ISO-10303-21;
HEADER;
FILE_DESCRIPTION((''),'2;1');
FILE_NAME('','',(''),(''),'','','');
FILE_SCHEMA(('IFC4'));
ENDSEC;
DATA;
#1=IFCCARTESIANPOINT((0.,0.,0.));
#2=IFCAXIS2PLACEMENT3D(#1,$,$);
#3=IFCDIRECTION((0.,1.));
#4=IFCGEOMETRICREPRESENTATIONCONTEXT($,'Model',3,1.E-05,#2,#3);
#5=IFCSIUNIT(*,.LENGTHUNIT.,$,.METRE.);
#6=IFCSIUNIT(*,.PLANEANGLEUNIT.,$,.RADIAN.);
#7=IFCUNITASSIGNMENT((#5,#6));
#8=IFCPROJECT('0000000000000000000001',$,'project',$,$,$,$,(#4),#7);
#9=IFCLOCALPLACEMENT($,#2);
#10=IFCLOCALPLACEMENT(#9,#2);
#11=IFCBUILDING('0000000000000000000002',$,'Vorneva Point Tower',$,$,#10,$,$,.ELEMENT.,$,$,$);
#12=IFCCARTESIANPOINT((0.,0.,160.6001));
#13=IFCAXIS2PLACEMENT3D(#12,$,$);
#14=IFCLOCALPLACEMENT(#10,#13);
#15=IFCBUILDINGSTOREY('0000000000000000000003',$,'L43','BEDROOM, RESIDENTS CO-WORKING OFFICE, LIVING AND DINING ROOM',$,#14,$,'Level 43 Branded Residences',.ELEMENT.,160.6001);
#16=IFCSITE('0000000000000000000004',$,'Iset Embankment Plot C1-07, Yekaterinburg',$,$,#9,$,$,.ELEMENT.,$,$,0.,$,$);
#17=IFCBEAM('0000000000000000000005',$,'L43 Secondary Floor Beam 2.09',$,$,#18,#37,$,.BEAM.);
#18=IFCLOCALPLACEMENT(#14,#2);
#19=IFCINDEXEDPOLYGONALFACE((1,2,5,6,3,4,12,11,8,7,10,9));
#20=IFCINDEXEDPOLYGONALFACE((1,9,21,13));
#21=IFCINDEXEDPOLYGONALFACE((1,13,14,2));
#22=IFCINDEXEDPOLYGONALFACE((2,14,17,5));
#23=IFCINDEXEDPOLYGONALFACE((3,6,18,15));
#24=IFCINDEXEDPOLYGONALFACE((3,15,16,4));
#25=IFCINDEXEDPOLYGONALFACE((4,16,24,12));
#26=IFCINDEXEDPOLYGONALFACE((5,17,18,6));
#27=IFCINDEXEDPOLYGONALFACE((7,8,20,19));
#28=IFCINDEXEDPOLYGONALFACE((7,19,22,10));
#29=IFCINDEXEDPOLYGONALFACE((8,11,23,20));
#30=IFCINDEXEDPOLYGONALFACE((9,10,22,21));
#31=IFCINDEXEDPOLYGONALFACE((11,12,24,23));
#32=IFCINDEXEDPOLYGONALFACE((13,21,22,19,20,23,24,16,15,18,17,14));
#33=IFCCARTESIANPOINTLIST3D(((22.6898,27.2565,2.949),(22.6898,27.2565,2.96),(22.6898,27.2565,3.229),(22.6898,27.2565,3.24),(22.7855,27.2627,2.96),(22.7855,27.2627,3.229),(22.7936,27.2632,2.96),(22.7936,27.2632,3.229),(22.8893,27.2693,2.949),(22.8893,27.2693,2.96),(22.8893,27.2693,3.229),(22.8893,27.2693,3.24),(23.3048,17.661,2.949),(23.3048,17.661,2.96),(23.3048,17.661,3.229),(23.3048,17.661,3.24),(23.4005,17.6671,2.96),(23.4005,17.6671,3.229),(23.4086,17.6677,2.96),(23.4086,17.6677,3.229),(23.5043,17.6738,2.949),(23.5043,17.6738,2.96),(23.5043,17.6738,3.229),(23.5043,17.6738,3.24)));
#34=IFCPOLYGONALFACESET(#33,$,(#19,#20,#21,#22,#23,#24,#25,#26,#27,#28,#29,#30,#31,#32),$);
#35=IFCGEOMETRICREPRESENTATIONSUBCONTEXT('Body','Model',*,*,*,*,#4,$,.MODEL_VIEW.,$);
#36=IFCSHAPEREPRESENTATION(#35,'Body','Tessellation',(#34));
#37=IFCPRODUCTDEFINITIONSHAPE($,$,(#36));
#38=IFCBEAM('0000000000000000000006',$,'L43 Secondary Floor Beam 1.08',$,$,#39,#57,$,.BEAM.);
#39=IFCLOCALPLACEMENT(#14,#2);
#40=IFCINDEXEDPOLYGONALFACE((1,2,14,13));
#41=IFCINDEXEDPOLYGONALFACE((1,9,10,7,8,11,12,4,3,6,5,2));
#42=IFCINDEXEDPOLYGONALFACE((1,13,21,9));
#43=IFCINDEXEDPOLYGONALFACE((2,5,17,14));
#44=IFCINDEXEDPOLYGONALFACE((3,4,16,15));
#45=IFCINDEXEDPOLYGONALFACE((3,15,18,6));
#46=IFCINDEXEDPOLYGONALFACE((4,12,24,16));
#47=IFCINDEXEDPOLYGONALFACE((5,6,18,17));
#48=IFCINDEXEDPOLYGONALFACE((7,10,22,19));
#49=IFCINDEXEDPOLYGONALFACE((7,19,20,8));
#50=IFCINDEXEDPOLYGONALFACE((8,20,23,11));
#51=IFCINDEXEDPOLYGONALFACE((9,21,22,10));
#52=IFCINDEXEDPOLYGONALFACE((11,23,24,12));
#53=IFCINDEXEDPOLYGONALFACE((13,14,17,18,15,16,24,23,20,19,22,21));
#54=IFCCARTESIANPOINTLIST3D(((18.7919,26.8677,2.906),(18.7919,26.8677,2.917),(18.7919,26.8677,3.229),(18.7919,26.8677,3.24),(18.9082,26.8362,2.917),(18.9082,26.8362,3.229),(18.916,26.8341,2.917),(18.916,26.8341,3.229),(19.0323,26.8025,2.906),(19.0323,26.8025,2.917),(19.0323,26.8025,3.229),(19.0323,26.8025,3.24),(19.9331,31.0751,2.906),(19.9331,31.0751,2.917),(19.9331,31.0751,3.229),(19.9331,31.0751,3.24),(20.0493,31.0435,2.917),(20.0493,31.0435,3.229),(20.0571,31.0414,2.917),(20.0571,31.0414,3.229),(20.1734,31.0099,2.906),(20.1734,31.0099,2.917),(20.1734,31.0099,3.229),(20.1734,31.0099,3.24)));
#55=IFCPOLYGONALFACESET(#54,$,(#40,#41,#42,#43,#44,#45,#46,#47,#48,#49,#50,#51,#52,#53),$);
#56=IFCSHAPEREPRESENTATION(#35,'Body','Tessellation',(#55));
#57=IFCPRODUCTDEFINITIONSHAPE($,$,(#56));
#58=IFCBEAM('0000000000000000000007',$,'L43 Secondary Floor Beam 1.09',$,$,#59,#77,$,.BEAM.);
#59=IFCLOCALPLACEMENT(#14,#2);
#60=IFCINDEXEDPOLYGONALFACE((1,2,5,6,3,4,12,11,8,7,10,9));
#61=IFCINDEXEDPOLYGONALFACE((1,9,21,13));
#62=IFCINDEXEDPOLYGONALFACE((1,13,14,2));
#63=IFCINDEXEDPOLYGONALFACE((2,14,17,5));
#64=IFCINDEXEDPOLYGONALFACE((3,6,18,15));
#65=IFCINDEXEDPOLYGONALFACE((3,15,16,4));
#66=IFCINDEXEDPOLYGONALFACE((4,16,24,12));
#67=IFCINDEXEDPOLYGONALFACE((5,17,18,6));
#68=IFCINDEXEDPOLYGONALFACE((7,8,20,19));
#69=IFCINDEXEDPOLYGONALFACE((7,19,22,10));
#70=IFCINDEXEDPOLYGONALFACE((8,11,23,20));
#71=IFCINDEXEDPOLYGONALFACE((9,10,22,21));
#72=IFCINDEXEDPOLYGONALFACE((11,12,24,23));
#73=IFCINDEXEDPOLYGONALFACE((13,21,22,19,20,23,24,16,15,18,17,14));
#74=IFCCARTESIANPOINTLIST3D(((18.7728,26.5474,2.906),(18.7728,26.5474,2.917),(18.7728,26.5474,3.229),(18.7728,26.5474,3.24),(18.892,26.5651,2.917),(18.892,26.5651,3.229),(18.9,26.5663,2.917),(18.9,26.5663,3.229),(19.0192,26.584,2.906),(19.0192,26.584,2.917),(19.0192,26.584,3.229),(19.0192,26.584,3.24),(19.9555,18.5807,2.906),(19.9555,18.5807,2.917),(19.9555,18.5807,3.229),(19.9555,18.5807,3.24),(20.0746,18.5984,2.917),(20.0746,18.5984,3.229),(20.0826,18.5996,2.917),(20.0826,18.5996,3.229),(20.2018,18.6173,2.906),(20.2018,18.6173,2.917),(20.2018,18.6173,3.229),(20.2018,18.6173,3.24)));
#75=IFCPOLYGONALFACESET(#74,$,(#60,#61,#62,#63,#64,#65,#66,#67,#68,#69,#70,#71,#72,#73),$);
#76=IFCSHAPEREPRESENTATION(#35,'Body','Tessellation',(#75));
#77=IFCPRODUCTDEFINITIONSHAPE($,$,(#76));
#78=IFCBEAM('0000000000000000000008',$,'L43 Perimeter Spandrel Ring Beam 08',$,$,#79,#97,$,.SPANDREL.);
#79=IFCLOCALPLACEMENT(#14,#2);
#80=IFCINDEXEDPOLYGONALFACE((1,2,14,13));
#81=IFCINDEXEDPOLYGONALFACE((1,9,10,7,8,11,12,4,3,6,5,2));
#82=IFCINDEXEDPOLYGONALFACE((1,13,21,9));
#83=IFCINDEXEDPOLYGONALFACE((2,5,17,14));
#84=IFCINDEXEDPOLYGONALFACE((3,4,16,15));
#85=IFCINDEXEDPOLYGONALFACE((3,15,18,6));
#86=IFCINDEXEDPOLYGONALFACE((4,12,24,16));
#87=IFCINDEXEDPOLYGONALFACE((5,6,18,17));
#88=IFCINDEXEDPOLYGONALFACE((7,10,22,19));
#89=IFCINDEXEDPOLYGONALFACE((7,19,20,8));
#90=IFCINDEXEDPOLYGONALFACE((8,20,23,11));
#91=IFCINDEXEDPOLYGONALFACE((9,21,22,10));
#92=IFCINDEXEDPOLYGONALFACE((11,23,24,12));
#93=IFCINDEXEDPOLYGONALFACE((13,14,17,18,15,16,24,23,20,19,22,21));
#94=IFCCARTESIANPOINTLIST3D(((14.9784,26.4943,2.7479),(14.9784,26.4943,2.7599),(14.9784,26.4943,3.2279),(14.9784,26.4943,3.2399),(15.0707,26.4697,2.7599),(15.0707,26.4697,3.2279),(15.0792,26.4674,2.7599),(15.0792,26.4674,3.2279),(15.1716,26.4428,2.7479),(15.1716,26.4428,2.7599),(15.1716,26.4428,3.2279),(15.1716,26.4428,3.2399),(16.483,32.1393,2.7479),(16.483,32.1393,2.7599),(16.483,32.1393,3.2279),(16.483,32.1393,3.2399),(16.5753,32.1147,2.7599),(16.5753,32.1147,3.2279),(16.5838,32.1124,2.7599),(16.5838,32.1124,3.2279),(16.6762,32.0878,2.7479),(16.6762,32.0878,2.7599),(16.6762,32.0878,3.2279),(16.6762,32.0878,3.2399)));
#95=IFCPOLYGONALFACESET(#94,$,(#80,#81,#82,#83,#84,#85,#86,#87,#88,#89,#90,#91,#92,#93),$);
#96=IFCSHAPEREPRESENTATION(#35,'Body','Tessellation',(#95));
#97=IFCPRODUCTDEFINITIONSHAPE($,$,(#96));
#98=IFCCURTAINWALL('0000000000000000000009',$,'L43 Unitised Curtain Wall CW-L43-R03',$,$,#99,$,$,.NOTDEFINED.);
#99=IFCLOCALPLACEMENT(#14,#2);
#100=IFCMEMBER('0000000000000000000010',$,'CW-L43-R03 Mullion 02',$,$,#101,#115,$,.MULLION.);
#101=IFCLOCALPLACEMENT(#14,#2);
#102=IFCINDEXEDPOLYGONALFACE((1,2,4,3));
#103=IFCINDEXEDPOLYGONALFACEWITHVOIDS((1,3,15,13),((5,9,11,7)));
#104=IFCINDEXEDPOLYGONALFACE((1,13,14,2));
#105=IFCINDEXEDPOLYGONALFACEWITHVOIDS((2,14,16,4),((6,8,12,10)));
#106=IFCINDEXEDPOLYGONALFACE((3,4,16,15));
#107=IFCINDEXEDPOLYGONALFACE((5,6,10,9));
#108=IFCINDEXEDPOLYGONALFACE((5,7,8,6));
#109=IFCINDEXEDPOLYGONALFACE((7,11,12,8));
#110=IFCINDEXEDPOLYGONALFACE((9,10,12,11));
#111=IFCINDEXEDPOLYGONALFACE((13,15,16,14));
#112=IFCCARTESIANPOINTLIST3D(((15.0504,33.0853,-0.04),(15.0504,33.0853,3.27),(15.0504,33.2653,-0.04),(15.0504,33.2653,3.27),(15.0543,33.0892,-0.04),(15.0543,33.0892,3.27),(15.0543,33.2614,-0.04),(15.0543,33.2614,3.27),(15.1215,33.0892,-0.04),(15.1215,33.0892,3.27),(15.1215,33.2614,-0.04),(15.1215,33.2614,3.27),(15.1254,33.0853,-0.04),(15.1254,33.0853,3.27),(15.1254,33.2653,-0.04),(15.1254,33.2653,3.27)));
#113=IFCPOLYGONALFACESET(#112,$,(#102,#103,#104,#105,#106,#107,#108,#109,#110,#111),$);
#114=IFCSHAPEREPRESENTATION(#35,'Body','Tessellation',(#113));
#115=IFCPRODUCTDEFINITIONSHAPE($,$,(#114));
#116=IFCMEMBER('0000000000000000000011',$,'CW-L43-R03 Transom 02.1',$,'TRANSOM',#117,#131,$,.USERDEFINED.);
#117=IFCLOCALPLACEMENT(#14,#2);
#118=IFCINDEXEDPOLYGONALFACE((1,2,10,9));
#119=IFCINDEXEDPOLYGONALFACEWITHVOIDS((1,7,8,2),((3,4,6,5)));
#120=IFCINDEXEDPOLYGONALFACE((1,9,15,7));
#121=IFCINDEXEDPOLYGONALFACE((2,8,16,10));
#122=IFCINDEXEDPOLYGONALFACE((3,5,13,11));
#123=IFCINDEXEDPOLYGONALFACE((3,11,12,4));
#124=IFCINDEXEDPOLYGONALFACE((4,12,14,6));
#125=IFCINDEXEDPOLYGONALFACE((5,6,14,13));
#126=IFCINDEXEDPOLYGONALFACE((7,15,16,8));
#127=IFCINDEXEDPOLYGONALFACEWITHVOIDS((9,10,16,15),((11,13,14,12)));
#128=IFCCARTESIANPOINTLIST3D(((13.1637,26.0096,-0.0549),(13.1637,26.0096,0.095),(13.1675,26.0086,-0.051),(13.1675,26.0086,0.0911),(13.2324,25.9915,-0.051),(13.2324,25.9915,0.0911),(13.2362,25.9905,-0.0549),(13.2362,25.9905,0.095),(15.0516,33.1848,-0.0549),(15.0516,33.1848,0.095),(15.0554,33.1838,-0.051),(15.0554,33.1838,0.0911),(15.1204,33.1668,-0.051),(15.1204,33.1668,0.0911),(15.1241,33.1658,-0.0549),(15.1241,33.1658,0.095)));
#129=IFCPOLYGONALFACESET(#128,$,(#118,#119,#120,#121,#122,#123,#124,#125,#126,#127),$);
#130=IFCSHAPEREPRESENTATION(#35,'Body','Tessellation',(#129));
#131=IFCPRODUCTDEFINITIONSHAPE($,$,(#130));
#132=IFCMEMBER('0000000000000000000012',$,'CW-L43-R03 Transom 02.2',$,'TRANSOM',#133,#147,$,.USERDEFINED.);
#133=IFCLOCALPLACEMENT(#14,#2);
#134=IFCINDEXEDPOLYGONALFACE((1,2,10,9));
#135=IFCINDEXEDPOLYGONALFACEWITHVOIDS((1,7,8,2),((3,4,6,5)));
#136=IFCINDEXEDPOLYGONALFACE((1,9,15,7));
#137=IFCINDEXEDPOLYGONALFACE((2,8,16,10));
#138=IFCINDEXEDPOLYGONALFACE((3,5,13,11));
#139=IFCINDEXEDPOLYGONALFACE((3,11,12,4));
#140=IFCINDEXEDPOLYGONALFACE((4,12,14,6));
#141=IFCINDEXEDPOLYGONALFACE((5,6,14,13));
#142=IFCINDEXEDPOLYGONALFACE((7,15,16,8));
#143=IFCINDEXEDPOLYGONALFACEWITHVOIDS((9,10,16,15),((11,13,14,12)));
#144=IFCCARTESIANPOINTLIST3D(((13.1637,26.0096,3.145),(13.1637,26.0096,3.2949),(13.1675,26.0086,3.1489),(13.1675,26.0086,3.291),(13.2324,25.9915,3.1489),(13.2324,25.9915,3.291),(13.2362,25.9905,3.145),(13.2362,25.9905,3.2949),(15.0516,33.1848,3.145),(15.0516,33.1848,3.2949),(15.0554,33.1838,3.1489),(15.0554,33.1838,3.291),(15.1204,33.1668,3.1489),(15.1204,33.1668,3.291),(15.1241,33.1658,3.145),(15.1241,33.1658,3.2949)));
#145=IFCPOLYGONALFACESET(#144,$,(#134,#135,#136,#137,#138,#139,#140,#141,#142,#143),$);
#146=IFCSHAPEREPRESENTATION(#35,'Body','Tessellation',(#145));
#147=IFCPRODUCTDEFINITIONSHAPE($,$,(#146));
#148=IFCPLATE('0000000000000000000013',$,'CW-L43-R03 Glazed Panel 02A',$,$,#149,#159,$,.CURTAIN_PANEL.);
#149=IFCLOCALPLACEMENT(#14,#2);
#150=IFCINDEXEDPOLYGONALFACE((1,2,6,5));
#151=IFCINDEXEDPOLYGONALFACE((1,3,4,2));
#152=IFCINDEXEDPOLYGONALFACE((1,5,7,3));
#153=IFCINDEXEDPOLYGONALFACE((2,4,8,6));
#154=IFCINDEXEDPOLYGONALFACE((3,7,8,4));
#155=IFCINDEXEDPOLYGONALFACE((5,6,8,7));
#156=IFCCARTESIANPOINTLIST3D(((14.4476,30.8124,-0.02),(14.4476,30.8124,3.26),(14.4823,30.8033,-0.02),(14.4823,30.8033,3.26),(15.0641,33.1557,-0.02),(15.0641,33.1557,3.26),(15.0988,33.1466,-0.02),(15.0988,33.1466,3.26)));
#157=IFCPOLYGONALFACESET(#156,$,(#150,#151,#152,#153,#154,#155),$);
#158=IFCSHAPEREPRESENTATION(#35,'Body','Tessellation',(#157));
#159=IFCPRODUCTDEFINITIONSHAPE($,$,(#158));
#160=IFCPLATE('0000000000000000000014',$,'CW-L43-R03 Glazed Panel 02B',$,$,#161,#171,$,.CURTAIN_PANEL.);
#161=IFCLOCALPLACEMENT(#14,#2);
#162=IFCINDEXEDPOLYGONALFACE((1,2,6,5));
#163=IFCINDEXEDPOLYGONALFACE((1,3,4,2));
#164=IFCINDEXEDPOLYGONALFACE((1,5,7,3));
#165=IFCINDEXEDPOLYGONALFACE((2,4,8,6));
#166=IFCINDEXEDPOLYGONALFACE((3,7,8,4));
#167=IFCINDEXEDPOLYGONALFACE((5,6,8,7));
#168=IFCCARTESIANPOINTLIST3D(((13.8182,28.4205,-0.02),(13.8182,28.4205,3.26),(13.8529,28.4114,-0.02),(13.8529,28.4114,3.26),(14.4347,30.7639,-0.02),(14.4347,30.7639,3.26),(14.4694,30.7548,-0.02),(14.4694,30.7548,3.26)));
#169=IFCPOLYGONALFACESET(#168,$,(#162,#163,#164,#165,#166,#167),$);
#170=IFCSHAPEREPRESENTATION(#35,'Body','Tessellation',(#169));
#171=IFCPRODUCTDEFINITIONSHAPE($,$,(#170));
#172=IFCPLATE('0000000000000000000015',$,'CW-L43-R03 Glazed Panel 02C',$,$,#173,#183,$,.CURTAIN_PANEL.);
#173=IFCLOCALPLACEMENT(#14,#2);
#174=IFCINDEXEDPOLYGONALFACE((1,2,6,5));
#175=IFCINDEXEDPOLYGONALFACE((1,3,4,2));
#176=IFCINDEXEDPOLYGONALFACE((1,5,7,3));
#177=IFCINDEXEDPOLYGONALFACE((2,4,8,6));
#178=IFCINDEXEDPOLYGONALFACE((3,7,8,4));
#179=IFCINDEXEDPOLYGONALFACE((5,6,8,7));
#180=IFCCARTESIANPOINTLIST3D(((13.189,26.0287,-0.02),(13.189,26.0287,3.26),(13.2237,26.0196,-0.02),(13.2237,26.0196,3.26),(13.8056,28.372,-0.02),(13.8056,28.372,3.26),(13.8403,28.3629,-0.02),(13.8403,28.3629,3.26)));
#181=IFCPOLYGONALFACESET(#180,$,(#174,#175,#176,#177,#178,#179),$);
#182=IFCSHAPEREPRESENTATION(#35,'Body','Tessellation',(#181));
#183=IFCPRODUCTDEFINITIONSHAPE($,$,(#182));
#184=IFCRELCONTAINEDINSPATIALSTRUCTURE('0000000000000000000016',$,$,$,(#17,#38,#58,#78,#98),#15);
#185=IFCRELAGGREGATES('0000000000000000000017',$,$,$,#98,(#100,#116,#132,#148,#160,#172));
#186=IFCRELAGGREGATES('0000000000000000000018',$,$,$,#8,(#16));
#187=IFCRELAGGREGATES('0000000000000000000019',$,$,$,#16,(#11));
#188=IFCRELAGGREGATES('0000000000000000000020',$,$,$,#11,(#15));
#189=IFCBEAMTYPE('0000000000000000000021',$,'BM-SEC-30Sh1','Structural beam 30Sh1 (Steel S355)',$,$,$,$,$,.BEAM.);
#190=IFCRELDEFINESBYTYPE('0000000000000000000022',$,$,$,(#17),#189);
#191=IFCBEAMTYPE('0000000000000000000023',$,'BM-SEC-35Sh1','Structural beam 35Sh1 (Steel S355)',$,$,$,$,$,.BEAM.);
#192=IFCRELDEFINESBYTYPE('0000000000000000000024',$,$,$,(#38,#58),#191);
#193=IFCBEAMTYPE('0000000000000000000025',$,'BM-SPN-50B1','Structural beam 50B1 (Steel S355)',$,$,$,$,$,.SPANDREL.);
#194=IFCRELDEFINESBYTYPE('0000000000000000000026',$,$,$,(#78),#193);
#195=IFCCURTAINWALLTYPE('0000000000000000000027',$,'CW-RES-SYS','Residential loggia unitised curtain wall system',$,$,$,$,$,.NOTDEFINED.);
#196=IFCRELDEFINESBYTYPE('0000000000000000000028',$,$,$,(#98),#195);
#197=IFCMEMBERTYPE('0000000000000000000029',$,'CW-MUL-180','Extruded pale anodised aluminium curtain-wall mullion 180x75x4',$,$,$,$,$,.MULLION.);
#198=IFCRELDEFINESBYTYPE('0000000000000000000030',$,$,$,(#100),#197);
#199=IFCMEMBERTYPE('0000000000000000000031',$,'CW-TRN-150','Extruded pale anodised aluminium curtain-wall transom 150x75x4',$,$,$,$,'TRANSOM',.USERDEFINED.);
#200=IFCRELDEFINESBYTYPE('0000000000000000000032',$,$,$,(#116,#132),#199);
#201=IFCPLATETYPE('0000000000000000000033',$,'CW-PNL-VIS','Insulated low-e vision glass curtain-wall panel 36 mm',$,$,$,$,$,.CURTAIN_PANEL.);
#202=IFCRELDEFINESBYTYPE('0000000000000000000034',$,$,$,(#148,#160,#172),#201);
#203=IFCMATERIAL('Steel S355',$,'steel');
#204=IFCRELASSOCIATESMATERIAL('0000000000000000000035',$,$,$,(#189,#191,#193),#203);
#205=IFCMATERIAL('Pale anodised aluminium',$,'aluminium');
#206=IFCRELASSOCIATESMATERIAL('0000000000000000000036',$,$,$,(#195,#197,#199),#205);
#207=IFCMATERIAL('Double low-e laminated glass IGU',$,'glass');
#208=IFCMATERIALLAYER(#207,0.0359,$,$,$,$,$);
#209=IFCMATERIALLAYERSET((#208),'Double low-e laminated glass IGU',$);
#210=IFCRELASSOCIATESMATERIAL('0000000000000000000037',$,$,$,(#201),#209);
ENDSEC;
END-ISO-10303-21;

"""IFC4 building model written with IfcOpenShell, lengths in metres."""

from ifc_helpers import new_model, si_unit, direction, frame, origin, origin_2d, place, context, subcontext, project, spatial, rectangle, hollow_rectangle, i_section, extrude, material, layer, layer_set, material_profile, profile_set, type_object, element, aggregate, save


model = new_model("IFC4")

# Units and contexts
model_context = context("Model", 3, precision=1e-05, world=origin(), true_north=direction((0.0, 1.0)))
body_context = subcontext(model_context, "Body", "Model", "MODEL_VIEW")
ifc_project = project(units=[si_unit("LENGTHUNIT", "METRE"), si_unit("PLANEANGLEUNIT", "RADIAN")], contexts=[model_context])

# Site, building, storey
site_placement = place(None, origin())
site = spatial("IfcSite", under=ifc_project, at=site_placement, Name="Iset Embankment Plot C1-07, Yekaterinburg", CompositionType="ELEMENT", RefElevation=0.0)
building_placement = place(site_placement, origin())
building = spatial("IfcBuilding", under=site, at=building_placement, Name="Vorneva Point Tower", CompositionType="ELEMENT")
storey_placement = place(building_placement, frame((0.0, 0.0, 160.6001)))
storey = spatial("IfcBuildingStorey", under=building, at=storey_placement, Name="L43", Description="BEDROOM, RESIDENTS CO-WORKING OFFICE, LIVING AND DINING ROOM", LongName="Level 43 Branded Residences", CompositionType="ELEMENT", Elevation=160.6001)

# Beams
ifc_material_1 = material(Name="Steel S355", Category="steel")
ifc_material_profile_1 = material_profile(ifc_material_1, i_section(OverallWidth=0.2, OverallDepth=0.291, WebThickness=0.0081, FlangeThickness=0.011, at=origin_2d()), Name="30Sh1")
ifc_profile_set_1 = profile_set([ifc_material_profile_1], Name="Steel S355")
beam_type_1 = type_object("IfcBeamType", Name="BM-SEC-30Sh1", Description="Structural beam 30Sh1 (Steel S355)", PredefinedType="BEAM", material=ifc_profile_set_1)
beam_1_placement = place(storey_placement, frame((22.7896, 27.2629, 3.0945), z_axis=(0.063961, -0.997952, 0.0), x_axis=(0.997952, 0.063961, 0.0)))
element("IfcBeam", 1, at=beam_1_placement, inside=storey, type_object=beam_type_1, Name="L43 Secondary Floor Beam 2.09", PredefinedType="BEAM", context=body_context, shape_type="SweptSolid", body=[
    extrude(i_section(OverallWidth=0.2, OverallDepth=0.291, WebThickness=0.0081, FlangeThickness=0.011, at=origin_2d()), origin(), (0.0, 0.0, 1.0), 9.6152),
])
ifc_material_profile_2 = material_profile(ifc_material_1, i_section(OverallWidth=0.249, OverallDepth=0.334, WebThickness=0.0081, FlangeThickness=0.011, at=origin_2d()), Name="35Sh1")
ifc_profile_set_2 = profile_set([ifc_material_profile_2], Name="Steel S355")
beam_type_2 = type_object("IfcBeamType", Name="BM-SEC-35Sh1", Description="Structural beam 35Sh1 (Steel S355)", PredefinedType="BEAM", material=ifc_profile_set_2)
beam_2_placement = place(storey_placement, frame((20.0532, 31.0425, 3.073), z_axis=(-0.261767, -0.965131, 0.0), x_axis=(0.965131, -0.261767, 0.0)))
element("IfcBeam", 2, at=beam_2_placement, inside=storey, type_object=beam_type_2, Name="L43 Secondary Floor Beam 1.08", PredefinedType="BEAM", context=body_context, shape_type="SweptSolid", body=[
    extrude(i_section(OverallWidth=0.249, OverallDepth=0.334, WebThickness=0.0081, FlangeThickness=0.011, at=origin_2d()), origin(), (0.0, 0.0, 1.0), 4.3594),
])
beam_3_placement = place(storey_placement, frame((18.896, 26.5657, 3.073), z_axis=(0.146839, -0.98916, 0.0), x_axis=(0.98916, 0.146839, 0.0)))
element("IfcBeam", 3, at=beam_3_placement, inside=storey, type_object=beam_type_2, Name="L43 Secondary Floor Beam 1.09", PredefinedType="BEAM", context=body_context, shape_type="SweptSolid", body=[
    extrude(i_section(OverallWidth=0.249, OverallDepth=0.334, WebThickness=0.0081, FlangeThickness=0.011, at=origin_2d()), origin(), (0.0, 0.0, 1.0), 8.054),
])
ifc_material_profile_3 = material_profile(ifc_material_1, i_section(OverallWidth=0.2, OverallDepth=0.4919, WebThickness=0.0088, FlangeThickness=0.012, at=origin_2d()), Name="50B1")
ifc_profile_set_3 = profile_set([ifc_material_profile_3], Name="Steel S355")
beam_type_3 = type_object("IfcBeamType", Name="BM-SPN-50B1", Description="Structural beam 50B1 (Steel S355)", PredefinedType="SPANDREL", material=ifc_profile_set_3)
beam_4_placement = place(storey_placement, frame((16.5796, 32.1135, 2.9939), z_axis=(-0.257551, -0.966265, 0.0), x_axis=(0.966265, -0.257551, 0.0)))
element("IfcBeam", 4, at=beam_4_placement, inside=storey, type_object=beam_type_3, Name="L43 Perimeter Spandrel Ring Beam 08", PredefinedType="SPANDREL", context=body_context, shape_type="SweptSolid", body=[
    extrude(i_section(OverallWidth=0.2, OverallDepth=0.4919, WebThickness=0.0088, FlangeThickness=0.012, at=origin_2d()), origin(), (0.0, 0.0, 1.0), 5.842),
])

# Curtain wall, members, plates
ifc_material_2 = material(Name="Pale anodised aluminium", Category="aluminium")
curtain_wall_type = type_object("IfcCurtainWallType", Name="CW-RES-SYS", Description="Residential loggia unitised curtain wall system", PredefinedType="NOTDEFINED", material=ifc_material_2)
curtain_wall_placement = place(storey_placement, origin())
curtain_wall = element("IfcCurtainWall", 5, at=curtain_wall_placement, inside=storey, type_object=curtain_wall_type, Name="L43 Unitised Curtain Wall CW-L43-R03", PredefinedType="NOTDEFINED")
ifc_material_profile_4 = material_profile(ifc_material_2, hollow_rectangle(XDim=0.075, YDim=0.1799, WallThickness=0.0039, at=origin_2d()), Name="AL-MUL 180x75x4")
ifc_profile_set_4 = profile_set([ifc_material_profile_4], Name="Pale anodised aluminium")
member_type_1 = type_object("IfcMemberType", Name="CW-MUL-180", Description="Extruded pale anodised aluminium curtain-wall mullion 180x75x4", PredefinedType="MULLION", material=ifc_profile_set_4)
member_1_placement = place(storey_placement, frame((15.0879, 33.1753, -0.04), z_axis=(0.0, 0.0, 1.0), x_axis=(1.0, 0.0, 0.0)))
member_1 = element("IfcMember", 6, at=member_1_placement, type_object=member_type_1, Name="CW-L43-R03 Mullion 02", PredefinedType="MULLION", context=body_context, shape_type="SweptSolid", body=[
    extrude(hollow_rectangle(XDim=0.075, YDim=0.1799, WallThickness=0.0039, at=origin_2d()), origin(), (0.0, 0.0, 1.0), 3.3101),
])
ifc_material_profile_5 = material_profile(ifc_material_2, hollow_rectangle(XDim=0.075, YDim=0.1499, WallThickness=0.0039, at=origin_2d()), Name="AL-TRN 150x75x4")
ifc_profile_set_5 = profile_set([ifc_material_profile_5], Name="Pale anodised aluminium")
member_type_2 = type_object("IfcMemberType", Name="CW-TRN-150", Description="Extruded pale anodised aluminium curtain-wall transom 150x75x4", ElementType="TRANSOM", PredefinedType="USERDEFINED", material=ifc_profile_set_5)
member_2_placement = place(storey_placement, frame((15.0879, 33.1753, 0.02), z_axis=(-0.254456, -0.967084, 0.0), x_axis=(0.967084, -0.254456, 0.0)))
member_2 = element("IfcMember", 7, at=member_2_placement, type_object=member_type_2, Name="CW-L43-R03 Transom 02.1", ObjectType="TRANSOM", PredefinedType="USERDEFINED", context=body_context, shape_type="SweptSolid", body=[
    extrude(hollow_rectangle(XDim=0.075, YDim=0.1499, WallThickness=0.0039, at=origin_2d()), origin(), (0.0, 0.0, 1.0), 7.4194),
])
member_3_placement = place(storey_placement, frame((15.0879, 33.1753, 3.22), z_axis=(-0.254456, -0.967084, 0.0), x_axis=(0.967084, -0.254456, 0.0)))
member_3 = element("IfcMember", 8, at=member_3_placement, type_object=member_type_2, Name="CW-L43-R03 Transom 02.2", ObjectType="TRANSOM", PredefinedType="USERDEFINED", context=body_context, shape_type="SweptSolid", body=[
    extrude(hollow_rectangle(XDim=0.075, YDim=0.1499, WallThickness=0.0039, at=origin_2d()), origin(), (0.0, 0.0, 1.0), 7.4194),
])
ifc_material_3 = material(Name="Double low-e laminated glass IGU", Category="glass")
ifc_layer_1 = layer(ifc_material_3, 0.0359)
ifc_layer_set_1 = layer_set([ifc_layer_1], Name="Double low-e laminated glass IGU")
plate_type = type_object("IfcPlateType", Name="CW-PNL-VIS", Description="Insulated low-e vision glass curtain-wall panel 36 mm", PredefinedType="CURTAIN_PANEL", material=ifc_layer_set_1)
plate_1_placement = place(storey_placement, frame((14.7732, 31.9795, -0.02), z_axis=(0.0, 0.0, 1.0), x_axis=(-0.254433, -0.96709, 0.0)))
plate_1 = element("IfcPlate", 9, at=plate_1_placement, type_object=plate_type, Name="CW-L43-R03 Glazed Panel 02A", PredefinedType="CURTAIN_PANEL", context=body_context, shape_type="SweptSolid", body=[
    extrude(rectangle(XDim=2.4231, YDim=0.0359, at=origin_2d()), origin(), (0.0, 0.0, 1.0), 3.28),
])
plate_2_placement = place(storey_placement, frame((14.1438, 29.5876, -0.02), z_axis=(0.0, 0.0, 1.0), x_axis=(-0.254433, -0.96709, 0.0)))
plate_2 = element("IfcPlate", 10, at=plate_2_placement, type_object=plate_type, Name="CW-L43-R03 Glazed Panel 02B", PredefinedType="CURTAIN_PANEL", context=body_context, shape_type="SweptSolid", body=[
    extrude(rectangle(XDim=2.4231, YDim=0.0359, at=origin_2d()), origin(), (0.0, 0.0, 1.0), 3.28),
])
plate_3_placement = place(storey_placement, frame((13.5146, 27.1958, -0.02), z_axis=(0.0, 0.0, 1.0), x_axis=(-0.254433, -0.96709, 0.0)))
plate_3 = element("IfcPlate", 11, at=plate_3_placement, type_object=plate_type, Name="CW-L43-R03 Glazed Panel 02C", PredefinedType="CURTAIN_PANEL", context=body_context, shape_type="SweptSolid", body=[
    extrude(rectangle(XDim=2.4231, YDim=0.0359, at=origin_2d()), origin(), (0.0, 0.0, 1.0), 3.28),
])
aggregate(curtain_wall, [member_1, member_2, member_3, plate_1, plate_2, plate_3])

save(model, "model.ifc")
